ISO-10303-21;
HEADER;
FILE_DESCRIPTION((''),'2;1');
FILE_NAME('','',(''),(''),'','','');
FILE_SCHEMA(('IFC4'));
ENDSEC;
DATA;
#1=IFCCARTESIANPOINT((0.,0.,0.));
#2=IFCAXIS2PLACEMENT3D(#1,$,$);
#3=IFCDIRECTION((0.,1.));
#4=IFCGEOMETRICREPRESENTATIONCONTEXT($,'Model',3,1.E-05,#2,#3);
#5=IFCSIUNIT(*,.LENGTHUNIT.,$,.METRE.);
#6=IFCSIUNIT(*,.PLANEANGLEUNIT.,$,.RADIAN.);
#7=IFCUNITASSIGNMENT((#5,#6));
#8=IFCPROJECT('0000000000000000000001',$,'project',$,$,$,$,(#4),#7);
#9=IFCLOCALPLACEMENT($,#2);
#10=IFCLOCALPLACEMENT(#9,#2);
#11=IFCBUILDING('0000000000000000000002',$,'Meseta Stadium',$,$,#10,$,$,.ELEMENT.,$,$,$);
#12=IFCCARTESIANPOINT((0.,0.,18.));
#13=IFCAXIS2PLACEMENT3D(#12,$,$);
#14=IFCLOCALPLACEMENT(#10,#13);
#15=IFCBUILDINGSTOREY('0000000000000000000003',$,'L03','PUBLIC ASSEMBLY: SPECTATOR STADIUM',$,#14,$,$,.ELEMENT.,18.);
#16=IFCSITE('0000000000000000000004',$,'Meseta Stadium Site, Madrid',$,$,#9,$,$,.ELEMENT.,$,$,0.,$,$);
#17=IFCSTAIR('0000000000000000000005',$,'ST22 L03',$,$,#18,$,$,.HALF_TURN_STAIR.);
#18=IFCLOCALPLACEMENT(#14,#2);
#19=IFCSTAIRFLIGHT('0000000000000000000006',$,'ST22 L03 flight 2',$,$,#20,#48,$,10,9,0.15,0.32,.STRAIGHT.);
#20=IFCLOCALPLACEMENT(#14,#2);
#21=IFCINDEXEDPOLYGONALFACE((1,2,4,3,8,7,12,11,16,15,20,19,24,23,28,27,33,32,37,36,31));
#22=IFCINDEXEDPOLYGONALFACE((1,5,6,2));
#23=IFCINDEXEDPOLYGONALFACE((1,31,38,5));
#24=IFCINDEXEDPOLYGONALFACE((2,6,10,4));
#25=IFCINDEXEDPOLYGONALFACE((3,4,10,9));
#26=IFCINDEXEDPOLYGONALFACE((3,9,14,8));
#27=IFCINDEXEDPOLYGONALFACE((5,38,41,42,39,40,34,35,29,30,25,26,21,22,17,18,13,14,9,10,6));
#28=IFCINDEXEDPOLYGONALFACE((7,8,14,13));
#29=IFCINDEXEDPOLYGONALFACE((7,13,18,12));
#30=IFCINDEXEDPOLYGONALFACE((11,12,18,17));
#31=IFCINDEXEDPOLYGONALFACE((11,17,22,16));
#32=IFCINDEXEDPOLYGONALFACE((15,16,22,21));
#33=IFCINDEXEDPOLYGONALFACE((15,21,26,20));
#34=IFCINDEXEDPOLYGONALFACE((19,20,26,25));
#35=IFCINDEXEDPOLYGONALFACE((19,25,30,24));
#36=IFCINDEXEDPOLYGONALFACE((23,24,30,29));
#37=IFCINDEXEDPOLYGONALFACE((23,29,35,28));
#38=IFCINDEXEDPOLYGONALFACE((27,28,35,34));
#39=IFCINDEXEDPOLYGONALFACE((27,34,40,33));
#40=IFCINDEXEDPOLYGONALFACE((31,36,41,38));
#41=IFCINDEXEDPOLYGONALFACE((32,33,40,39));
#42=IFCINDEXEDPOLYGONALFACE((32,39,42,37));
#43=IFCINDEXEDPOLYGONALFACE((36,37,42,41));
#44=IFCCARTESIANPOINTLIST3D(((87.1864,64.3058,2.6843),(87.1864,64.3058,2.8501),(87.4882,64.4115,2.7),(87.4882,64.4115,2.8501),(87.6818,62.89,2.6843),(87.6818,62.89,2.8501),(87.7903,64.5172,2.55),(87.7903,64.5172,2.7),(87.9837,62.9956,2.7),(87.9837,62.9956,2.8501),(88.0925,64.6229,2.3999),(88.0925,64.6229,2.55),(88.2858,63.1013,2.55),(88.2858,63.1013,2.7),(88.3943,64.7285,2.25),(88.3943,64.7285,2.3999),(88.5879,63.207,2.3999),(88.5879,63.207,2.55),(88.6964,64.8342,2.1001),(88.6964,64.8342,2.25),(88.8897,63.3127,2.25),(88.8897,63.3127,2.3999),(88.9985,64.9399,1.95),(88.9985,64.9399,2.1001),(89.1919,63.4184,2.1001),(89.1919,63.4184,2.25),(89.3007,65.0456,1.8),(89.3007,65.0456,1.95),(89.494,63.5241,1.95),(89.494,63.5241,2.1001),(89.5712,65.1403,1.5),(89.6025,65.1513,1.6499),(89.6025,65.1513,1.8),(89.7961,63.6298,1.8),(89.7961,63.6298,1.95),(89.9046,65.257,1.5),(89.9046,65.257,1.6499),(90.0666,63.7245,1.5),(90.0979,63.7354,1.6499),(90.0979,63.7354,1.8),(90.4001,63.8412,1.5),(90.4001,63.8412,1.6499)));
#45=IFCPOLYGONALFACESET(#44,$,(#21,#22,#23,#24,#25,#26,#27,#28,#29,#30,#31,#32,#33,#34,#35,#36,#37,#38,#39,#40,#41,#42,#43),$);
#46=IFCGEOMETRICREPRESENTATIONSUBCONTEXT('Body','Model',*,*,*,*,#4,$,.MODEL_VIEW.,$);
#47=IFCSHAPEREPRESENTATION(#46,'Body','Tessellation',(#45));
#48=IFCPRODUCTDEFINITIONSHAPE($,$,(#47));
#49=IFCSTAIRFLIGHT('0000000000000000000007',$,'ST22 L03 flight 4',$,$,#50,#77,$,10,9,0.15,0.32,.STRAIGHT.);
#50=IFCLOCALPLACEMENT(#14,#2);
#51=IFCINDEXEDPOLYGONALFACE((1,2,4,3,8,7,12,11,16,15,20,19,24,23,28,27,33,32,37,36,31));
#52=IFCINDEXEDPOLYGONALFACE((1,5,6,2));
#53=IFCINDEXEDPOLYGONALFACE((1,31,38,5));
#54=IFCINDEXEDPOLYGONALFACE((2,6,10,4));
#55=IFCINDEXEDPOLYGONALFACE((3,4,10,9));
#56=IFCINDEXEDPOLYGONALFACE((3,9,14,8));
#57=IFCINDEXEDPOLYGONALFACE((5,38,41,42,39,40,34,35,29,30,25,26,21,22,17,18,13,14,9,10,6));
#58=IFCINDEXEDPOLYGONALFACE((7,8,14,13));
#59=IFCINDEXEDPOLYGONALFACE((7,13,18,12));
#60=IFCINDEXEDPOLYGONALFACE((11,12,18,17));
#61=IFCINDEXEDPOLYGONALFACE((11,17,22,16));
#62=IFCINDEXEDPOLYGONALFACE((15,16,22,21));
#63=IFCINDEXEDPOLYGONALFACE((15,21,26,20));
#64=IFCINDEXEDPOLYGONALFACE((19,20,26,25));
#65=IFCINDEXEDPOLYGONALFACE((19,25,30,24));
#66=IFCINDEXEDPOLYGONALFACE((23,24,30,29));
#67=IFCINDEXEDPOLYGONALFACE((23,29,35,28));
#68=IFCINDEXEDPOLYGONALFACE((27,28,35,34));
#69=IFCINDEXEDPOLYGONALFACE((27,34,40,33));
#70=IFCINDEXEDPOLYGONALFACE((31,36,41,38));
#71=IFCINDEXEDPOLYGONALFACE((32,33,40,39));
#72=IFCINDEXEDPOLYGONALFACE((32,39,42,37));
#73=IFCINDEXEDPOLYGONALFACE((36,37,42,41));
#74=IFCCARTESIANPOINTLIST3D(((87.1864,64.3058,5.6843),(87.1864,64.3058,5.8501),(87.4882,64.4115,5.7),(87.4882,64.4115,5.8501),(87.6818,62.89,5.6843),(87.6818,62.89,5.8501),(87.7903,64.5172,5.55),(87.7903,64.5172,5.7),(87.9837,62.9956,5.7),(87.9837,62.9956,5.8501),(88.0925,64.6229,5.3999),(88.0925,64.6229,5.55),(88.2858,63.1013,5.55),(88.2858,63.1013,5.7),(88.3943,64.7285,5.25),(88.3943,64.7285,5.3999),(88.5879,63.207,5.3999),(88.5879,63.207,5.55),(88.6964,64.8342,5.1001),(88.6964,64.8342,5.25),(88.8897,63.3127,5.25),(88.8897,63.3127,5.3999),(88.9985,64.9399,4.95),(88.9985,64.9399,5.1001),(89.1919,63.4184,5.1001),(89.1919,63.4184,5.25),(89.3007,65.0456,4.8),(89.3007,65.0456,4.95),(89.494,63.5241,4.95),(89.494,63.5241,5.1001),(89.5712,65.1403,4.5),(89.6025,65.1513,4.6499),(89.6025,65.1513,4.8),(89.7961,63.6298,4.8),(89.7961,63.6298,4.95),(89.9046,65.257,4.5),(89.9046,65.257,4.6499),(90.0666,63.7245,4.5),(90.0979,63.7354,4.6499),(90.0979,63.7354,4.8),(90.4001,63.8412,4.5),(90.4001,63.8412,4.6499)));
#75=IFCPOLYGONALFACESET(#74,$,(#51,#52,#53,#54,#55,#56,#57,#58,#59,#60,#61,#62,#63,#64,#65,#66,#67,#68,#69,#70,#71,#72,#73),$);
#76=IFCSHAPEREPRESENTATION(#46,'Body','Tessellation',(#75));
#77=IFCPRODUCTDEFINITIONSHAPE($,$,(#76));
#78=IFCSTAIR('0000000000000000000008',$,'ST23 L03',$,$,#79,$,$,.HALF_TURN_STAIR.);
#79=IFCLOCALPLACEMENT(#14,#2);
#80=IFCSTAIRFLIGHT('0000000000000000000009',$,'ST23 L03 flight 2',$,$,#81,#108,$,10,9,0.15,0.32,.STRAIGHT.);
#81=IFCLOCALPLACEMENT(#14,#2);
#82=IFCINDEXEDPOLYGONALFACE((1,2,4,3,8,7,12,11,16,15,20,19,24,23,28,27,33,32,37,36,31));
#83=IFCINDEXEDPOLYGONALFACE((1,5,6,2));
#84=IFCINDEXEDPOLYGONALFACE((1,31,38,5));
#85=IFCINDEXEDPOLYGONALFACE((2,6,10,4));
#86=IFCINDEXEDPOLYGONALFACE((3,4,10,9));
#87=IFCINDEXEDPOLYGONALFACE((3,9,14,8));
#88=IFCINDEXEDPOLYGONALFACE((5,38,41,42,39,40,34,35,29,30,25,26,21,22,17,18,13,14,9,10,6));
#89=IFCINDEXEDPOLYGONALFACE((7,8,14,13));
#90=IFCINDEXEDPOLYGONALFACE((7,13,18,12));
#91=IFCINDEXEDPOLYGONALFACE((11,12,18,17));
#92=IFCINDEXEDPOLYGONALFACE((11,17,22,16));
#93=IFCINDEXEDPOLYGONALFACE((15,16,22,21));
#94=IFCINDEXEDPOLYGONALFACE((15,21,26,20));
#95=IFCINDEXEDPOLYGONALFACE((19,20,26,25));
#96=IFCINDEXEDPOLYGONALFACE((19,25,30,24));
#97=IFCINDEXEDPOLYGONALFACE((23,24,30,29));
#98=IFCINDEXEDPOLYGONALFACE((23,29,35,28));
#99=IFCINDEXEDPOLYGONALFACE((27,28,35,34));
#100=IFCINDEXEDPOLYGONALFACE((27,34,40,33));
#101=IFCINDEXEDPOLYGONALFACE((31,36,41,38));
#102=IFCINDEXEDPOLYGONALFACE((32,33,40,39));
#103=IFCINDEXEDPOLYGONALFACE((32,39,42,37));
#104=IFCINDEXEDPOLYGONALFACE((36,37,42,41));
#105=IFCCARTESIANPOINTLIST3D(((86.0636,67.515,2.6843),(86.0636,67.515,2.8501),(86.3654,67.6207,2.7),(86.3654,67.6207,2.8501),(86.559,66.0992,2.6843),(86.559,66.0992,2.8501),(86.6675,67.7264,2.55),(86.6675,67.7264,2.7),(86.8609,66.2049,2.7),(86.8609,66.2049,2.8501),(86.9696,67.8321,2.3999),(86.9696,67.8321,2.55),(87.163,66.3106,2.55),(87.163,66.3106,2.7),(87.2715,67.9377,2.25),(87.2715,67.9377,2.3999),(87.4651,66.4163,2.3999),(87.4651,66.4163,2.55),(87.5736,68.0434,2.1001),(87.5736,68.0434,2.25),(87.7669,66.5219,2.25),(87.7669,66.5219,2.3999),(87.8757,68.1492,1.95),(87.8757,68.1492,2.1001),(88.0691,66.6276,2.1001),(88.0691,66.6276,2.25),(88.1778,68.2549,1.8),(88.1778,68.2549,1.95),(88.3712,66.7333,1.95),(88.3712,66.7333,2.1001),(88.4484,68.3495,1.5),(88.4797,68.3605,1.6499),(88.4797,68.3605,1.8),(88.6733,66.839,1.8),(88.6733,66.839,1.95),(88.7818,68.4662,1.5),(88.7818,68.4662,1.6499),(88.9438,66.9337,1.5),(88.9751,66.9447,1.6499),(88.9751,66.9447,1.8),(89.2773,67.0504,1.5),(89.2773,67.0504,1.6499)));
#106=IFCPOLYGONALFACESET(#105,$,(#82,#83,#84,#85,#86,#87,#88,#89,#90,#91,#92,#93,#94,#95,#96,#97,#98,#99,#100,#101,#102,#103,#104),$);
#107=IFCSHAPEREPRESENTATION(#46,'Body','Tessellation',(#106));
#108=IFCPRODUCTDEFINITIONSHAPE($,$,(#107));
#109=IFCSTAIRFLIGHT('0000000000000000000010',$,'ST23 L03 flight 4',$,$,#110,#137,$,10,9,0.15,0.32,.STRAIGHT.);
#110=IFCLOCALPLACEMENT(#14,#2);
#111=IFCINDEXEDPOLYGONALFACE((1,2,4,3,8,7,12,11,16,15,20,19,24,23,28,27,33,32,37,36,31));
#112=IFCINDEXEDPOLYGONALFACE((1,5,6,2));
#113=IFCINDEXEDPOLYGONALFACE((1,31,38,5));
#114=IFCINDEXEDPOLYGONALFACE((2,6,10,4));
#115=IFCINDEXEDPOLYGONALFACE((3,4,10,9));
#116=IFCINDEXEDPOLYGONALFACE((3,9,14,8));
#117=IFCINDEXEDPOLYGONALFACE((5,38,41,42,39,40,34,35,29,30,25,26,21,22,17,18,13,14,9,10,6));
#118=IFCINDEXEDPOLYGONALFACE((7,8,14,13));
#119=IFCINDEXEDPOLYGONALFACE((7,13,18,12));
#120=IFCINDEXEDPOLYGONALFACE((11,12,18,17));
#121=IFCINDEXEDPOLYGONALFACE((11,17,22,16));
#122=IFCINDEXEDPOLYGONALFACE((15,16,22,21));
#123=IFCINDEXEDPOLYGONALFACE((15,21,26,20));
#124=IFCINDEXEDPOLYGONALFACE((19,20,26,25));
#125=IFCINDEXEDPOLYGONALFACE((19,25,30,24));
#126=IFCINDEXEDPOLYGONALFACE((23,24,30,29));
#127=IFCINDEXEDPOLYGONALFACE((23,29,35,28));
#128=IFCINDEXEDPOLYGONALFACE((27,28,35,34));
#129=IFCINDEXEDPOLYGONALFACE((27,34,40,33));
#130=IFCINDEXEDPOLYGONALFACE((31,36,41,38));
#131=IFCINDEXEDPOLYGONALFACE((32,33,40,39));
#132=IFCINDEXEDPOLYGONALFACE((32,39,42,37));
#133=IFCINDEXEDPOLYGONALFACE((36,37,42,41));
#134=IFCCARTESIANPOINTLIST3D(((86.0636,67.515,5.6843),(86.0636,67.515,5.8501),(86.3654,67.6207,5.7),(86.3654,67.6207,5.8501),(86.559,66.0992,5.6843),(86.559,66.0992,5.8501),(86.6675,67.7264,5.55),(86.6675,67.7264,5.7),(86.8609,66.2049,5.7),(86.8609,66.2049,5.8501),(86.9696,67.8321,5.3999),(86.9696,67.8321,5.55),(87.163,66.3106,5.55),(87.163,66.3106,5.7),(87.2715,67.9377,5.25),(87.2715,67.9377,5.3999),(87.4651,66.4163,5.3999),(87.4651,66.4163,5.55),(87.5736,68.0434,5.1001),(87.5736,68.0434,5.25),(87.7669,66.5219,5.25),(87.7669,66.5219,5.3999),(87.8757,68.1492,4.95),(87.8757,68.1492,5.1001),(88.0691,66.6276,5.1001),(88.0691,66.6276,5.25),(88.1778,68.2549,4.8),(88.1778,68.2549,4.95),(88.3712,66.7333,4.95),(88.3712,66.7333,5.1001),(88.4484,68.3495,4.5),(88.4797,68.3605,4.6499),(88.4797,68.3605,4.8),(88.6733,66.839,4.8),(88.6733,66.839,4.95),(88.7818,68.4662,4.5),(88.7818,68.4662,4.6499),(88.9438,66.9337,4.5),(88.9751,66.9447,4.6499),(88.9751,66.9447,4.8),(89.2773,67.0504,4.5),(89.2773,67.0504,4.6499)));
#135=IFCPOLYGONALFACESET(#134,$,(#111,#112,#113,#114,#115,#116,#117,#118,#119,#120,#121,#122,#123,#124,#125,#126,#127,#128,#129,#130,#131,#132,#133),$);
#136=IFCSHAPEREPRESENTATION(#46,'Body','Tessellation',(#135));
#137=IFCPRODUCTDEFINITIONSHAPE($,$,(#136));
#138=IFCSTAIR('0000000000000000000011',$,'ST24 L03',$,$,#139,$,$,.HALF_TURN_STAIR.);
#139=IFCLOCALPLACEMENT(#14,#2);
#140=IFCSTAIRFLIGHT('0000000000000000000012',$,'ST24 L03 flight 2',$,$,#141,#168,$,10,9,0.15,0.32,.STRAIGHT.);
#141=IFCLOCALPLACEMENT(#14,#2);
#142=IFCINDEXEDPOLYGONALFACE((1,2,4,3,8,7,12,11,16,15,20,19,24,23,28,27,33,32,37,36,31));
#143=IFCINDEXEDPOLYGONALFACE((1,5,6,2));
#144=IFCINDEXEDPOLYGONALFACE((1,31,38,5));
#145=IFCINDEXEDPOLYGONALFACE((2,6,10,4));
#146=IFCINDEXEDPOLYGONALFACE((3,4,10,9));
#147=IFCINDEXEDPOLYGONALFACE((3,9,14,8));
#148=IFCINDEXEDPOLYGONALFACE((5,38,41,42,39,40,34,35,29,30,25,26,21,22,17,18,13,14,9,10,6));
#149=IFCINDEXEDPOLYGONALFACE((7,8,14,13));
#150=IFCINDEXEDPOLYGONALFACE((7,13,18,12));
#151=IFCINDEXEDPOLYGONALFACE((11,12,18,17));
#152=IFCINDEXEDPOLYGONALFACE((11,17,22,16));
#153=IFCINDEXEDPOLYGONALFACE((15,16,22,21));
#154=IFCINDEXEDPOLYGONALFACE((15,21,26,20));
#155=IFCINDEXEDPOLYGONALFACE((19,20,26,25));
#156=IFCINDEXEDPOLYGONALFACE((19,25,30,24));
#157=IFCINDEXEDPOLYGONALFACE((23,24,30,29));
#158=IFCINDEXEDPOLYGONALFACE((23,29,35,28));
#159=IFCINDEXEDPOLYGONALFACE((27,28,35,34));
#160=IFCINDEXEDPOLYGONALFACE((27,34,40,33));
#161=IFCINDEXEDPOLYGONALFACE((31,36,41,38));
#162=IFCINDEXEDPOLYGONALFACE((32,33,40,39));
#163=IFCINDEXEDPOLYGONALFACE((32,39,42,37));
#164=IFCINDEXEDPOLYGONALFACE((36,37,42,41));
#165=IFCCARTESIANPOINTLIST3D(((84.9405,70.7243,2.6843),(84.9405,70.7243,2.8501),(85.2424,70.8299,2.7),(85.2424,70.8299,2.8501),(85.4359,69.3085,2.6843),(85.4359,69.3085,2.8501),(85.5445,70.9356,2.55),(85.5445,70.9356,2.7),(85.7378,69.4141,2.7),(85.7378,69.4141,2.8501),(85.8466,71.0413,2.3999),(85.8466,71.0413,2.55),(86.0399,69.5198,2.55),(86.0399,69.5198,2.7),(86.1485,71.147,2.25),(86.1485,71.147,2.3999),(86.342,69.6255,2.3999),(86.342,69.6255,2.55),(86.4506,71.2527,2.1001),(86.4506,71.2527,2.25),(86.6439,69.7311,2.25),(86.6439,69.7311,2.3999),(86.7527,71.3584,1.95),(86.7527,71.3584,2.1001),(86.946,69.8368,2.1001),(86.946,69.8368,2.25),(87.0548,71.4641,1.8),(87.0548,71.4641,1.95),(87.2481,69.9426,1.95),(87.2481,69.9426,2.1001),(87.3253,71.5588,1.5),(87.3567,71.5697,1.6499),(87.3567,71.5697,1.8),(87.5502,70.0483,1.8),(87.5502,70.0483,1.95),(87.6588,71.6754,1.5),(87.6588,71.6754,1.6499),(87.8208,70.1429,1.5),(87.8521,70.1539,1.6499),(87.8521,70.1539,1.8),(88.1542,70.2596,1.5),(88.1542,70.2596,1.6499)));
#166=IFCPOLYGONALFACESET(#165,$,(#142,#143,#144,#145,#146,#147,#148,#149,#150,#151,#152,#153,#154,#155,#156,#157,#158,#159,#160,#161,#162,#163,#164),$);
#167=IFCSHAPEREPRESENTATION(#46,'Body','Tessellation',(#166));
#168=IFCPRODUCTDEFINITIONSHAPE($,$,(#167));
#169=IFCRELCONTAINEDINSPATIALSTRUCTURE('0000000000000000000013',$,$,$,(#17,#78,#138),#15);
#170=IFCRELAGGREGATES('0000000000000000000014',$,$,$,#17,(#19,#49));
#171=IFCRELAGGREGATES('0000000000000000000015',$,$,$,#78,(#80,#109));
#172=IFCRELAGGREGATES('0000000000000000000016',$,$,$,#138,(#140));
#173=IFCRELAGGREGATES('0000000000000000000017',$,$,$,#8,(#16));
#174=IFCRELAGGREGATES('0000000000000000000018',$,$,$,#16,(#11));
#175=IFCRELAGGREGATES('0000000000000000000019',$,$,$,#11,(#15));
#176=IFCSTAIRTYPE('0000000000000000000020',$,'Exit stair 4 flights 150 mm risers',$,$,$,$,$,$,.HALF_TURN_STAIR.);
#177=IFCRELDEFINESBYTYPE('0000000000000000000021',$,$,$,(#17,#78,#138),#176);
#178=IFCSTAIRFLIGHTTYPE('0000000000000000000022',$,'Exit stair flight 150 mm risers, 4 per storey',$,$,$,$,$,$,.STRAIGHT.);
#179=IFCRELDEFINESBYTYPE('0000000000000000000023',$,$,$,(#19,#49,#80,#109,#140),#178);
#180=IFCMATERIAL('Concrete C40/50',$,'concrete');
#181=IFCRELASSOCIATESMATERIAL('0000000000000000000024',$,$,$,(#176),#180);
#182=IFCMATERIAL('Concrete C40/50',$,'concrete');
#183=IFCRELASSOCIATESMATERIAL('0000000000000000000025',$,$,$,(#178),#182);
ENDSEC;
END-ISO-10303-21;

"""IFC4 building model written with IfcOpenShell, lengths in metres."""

from ifc_helpers import new_model, si_unit, direction, frame, origin, place, context, subcontext, project, spatial, polyline, outline, extrude, material, type_object, element, aggregate, save


model = new_model("IFC4")

# Units and contexts
model_context = context("Model", 3, precision=1e-05, world=origin(), true_north=direction((0.0, 1.0)))
body_context = subcontext(model_context, "Body", "Model", "MODEL_VIEW")
ifc_project = project(units=[si_unit("LENGTHUNIT", "METRE"), si_unit("PLANEANGLEUNIT", "RADIAN")], contexts=[model_context])

# Site, building, storey
site_placement = place(None, origin())
site = spatial("IfcSite", under=ifc_project, at=site_placement, Name="Meseta Stadium Site, Madrid", CompositionType="ELEMENT", RefElevation=0.0)
building_placement = place(site_placement, origin())
building = spatial("IfcBuilding", under=site, at=building_placement, Name="Meseta Stadium", CompositionType="ELEMENT")
storey_placement = place(building_placement, frame((0.0, 0.0, 18.0)))
storey = spatial("IfcBuildingStorey", under=building, at=storey_placement, Name="L03", Description="PUBLIC ASSEMBLY: SPECTATOR STADIUM", CompositionType="ELEMENT", Elevation=18.0)

# Stairs, stair flights
ifc_material_1 = material(Name="Concrete C40/50", Category="concrete")
stair_type = type_object("IfcStairType", Name="Exit stair 4 flights 150 mm risers", PredefinedType="HALF_TURN_STAIR", material=ifc_material_1)
stair_1_placement = place(storey_placement, origin())
stair_1 = element("IfcStair", 1, at=stair_1_placement, inside=storey, type_object=stair_type, Name="ST22 L03", PredefinedType="HALF_TURN_STAIR")
ifc_material_2 = material(Name="Concrete C40/50", Category="concrete")
stair_flight_type = type_object("IfcStairFlightType", Name="Exit stair flight 150 mm risers, 4 per storey", PredefinedType="STRAIGHT", material=ifc_material_2)
stair_flight_1_placement = place(storey_placement, frame((90.1523, 64.5491, 1.5), z_axis=(0.0, 0.0, 1.0), x_axis=(-0.943883, -0.330279, 0.0)))
stair_flight_1 = element("IfcStairFlight", 2, at=stair_flight_1_placement, type_object=stair_flight_type, Name="ST22 L03 flight 2", NumberOfRisers=10, NumberOfTreads=9, PredefinedType="STRAIGHT", RiserHeight=0.15, TreadLength=0.32, context=body_context, shape_type="SweptSolid", body=[
    extrude(outline(polyline([(0.0, 0.0), (0.0, 0.1499), (0.3201, 0.1499), (0.3201, 0.3), (0.6399, 0.3), (0.6399, 0.45), (0.96, 0.45), (0.96, 0.6001), (1.28, 0.6001), (1.28, 0.75), (1.6001, 0.75), (1.6001, 0.8999), (1.9199, 0.8999), (1.9199, 1.05), (2.24, 1.05), (2.24, 1.2), (2.5601, 1.2), (2.5601, 1.3501), (2.8799, 1.3501), (2.8799, 1.1843), (0.3533, 0.0), (0.0, 0.0)])), frame((0.0, 0.75, 0.0), z_axis=(0.0, -1.0, 0.0), x_axis=(1.0, 0.0, 0.0)), (0.0, 0.0, 1.0), 1.5),
])
stair_flight_2_placement = place(storey_placement, frame((90.1523, 64.5491, 4.5), z_axis=(0.0, 0.0, 1.0), x_axis=(-0.943883, -0.330279, 0.0)))
stair_flight_2 = element("IfcStairFlight", 3, at=stair_flight_2_placement, type_object=stair_flight_type, Name="ST22 L03 flight 4", NumberOfRisers=10, NumberOfTreads=9, PredefinedType="STRAIGHT", RiserHeight=0.15, TreadLength=0.32, context=body_context, shape_type="SweptSolid", body=[
    extrude(outline(polyline([(0.0, 0.0), (0.0, 0.1499), (0.3201, 0.1499), (0.3201, 0.3), (0.6399, 0.3), (0.6399, 0.45), (0.96, 0.45), (0.96, 0.6001), (1.28, 0.6001), (1.28, 0.75), (1.6001, 0.75), (1.6001, 0.8999), (1.9199, 0.8999), (1.9199, 1.05), (2.24, 1.05), (2.24, 1.2), (2.5601, 1.2), (2.5601, 1.3501), (2.8799, 1.3501), (2.8799, 1.1843), (0.3533, 0.0), (0.0, 0.0)])), frame((0.0, 0.75, 0.0), z_axis=(0.0, -1.0, 0.0), x_axis=(1.0, 0.0, 0.0)), (0.0, 0.0, 1.0), 1.5),
])
aggregate(stair_1, [stair_flight_1, stair_flight_2])
stair_2_placement = place(storey_placement, origin())
stair_2 = element("IfcStair", 4, at=stair_2_placement, inside=storey, type_object=stair_type, Name="ST23 L03", PredefinedType="HALF_TURN_STAIR")
stair_flight_3_placement = place(storey_placement, frame((89.0295, 67.7583, 1.5), z_axis=(0.0, 0.0, 1.0), x_axis=(-0.943883, -0.330279, 0.0)))
stair_flight_3 = element("IfcStairFlight", 5, at=stair_flight_3_placement, type_object=stair_flight_type, Name="ST23 L03 flight 2", NumberOfRisers=10, NumberOfTreads=9, PredefinedType="STRAIGHT", RiserHeight=0.15, TreadLength=0.32, context=body_context, shape_type="SweptSolid", body=[
    extrude(outline(polyline([(0.0, 0.0), (0.0, 0.1499), (0.3201, 0.1499), (0.3201, 0.3), (0.6399, 0.3), (0.6399, 0.45), (0.96, 0.45), (0.96, 0.6001), (1.28, 0.6001), (1.28, 0.75), (1.6001, 0.75), (1.6001, 0.8999), (1.9199, 0.8999), (1.9199, 1.05), (2.24, 1.05), (2.24, 1.2), (2.5601, 1.2), (2.5601, 1.3501), (2.8799, 1.3501), (2.8799, 1.1843), (0.3533, 0.0), (0.0, 0.0)])), frame((0.0, 0.75, 0.0), z_axis=(0.0, -1.0, 0.0), x_axis=(1.0, 0.0, 0.0)), (0.0, 0.0, 1.0), 1.5),
])
stair_flight_4_placement = place(storey_placement, frame((89.0295, 67.7583, 4.5), z_axis=(0.0, 0.0, 1.0), x_axis=(-0.943883, -0.330279, 0.0)))
stair_flight_4 = element("IfcStairFlight", 6, at=stair_flight_4_placement, type_object=stair_flight_type, Name="ST23 L03 flight 4", NumberOfRisers=10, NumberOfTreads=9, PredefinedType="STRAIGHT", RiserHeight=0.15, TreadLength=0.32, context=body_context, shape_type="SweptSolid", body=[
    extrude(outline(polyline([(0.0, 0.0), (0.0, 0.1499), (0.3201, 0.1499), (0.3201, 0.3), (0.6399, 0.3), (0.6399, 0.45), (0.96, 0.45), (0.96, 0.6001), (1.28, 0.6001), (1.28, 0.75), (1.6001, 0.75), (1.6001, 0.8999), (1.9199, 0.8999), (1.9199, 1.05), (2.24, 1.05), (2.24, 1.2), (2.5601, 1.2), (2.5601, 1.3501), (2.8799, 1.3501), (2.8799, 1.1843), (0.3533, 0.0), (0.0, 0.0)])), frame((0.0, 0.75, 0.0), z_axis=(0.0, -1.0, 0.0), x_axis=(1.0, 0.0, 0.0)), (0.0, 0.0, 1.0), 1.5),
])
aggregate(stair_2, [stair_flight_3, stair_flight_4])
stair_3_placement = place(storey_placement, origin())
stair_3 = element("IfcStair", 7, at=stair_3_placement, inside=storey, type_object=stair_type, Name="ST24 L03", PredefinedType="HALF_TURN_STAIR")
stair_flight_5_placement = place(storey_placement, frame((87.9065, 70.9675, 1.5), z_axis=(0.0, 0.0, 1.0), x_axis=(-0.943883, -0.330279, 0.0)))
stair_flight_5 = element("IfcStairFlight", 8, at=stair_flight_5_placement, type_object=stair_flight_type, Name="ST24 L03 flight 2", NumberOfRisers=10, NumberOfTreads=9, PredefinedType="STRAIGHT", RiserHeight=0.15, TreadLength=0.32, context=body_context, shape_type="SweptSolid", body=[
    extrude(outline(polyline([(0.0, 0.0), (0.0, 0.1499), (0.3201, 0.1499), (0.3201, 0.3), (0.6399, 0.3), (0.6399, 0.45), (0.96, 0.45), (0.96, 0.6001), (1.28, 0.6001), (1.28, 0.75), (1.6001, 0.75), (1.6001, 0.8999), (1.9199, 0.8999), (1.9199, 1.05), (2.24, 1.05), (2.24, 1.2), (2.5601, 1.2), (2.5601, 1.3501), (2.8799, 1.3501), (2.8799, 1.1843), (0.3533, 0.0), (0.0, 0.0)])), frame((0.0, 0.75, 0.0), z_axis=(0.0, -1.0, 0.0), x_axis=(1.0, 0.0, 0.0)), (0.0, 0.0, 1.0), 1.5),
])
aggregate(stair_3, [stair_flight_5])

save(model, "model.ifc")
